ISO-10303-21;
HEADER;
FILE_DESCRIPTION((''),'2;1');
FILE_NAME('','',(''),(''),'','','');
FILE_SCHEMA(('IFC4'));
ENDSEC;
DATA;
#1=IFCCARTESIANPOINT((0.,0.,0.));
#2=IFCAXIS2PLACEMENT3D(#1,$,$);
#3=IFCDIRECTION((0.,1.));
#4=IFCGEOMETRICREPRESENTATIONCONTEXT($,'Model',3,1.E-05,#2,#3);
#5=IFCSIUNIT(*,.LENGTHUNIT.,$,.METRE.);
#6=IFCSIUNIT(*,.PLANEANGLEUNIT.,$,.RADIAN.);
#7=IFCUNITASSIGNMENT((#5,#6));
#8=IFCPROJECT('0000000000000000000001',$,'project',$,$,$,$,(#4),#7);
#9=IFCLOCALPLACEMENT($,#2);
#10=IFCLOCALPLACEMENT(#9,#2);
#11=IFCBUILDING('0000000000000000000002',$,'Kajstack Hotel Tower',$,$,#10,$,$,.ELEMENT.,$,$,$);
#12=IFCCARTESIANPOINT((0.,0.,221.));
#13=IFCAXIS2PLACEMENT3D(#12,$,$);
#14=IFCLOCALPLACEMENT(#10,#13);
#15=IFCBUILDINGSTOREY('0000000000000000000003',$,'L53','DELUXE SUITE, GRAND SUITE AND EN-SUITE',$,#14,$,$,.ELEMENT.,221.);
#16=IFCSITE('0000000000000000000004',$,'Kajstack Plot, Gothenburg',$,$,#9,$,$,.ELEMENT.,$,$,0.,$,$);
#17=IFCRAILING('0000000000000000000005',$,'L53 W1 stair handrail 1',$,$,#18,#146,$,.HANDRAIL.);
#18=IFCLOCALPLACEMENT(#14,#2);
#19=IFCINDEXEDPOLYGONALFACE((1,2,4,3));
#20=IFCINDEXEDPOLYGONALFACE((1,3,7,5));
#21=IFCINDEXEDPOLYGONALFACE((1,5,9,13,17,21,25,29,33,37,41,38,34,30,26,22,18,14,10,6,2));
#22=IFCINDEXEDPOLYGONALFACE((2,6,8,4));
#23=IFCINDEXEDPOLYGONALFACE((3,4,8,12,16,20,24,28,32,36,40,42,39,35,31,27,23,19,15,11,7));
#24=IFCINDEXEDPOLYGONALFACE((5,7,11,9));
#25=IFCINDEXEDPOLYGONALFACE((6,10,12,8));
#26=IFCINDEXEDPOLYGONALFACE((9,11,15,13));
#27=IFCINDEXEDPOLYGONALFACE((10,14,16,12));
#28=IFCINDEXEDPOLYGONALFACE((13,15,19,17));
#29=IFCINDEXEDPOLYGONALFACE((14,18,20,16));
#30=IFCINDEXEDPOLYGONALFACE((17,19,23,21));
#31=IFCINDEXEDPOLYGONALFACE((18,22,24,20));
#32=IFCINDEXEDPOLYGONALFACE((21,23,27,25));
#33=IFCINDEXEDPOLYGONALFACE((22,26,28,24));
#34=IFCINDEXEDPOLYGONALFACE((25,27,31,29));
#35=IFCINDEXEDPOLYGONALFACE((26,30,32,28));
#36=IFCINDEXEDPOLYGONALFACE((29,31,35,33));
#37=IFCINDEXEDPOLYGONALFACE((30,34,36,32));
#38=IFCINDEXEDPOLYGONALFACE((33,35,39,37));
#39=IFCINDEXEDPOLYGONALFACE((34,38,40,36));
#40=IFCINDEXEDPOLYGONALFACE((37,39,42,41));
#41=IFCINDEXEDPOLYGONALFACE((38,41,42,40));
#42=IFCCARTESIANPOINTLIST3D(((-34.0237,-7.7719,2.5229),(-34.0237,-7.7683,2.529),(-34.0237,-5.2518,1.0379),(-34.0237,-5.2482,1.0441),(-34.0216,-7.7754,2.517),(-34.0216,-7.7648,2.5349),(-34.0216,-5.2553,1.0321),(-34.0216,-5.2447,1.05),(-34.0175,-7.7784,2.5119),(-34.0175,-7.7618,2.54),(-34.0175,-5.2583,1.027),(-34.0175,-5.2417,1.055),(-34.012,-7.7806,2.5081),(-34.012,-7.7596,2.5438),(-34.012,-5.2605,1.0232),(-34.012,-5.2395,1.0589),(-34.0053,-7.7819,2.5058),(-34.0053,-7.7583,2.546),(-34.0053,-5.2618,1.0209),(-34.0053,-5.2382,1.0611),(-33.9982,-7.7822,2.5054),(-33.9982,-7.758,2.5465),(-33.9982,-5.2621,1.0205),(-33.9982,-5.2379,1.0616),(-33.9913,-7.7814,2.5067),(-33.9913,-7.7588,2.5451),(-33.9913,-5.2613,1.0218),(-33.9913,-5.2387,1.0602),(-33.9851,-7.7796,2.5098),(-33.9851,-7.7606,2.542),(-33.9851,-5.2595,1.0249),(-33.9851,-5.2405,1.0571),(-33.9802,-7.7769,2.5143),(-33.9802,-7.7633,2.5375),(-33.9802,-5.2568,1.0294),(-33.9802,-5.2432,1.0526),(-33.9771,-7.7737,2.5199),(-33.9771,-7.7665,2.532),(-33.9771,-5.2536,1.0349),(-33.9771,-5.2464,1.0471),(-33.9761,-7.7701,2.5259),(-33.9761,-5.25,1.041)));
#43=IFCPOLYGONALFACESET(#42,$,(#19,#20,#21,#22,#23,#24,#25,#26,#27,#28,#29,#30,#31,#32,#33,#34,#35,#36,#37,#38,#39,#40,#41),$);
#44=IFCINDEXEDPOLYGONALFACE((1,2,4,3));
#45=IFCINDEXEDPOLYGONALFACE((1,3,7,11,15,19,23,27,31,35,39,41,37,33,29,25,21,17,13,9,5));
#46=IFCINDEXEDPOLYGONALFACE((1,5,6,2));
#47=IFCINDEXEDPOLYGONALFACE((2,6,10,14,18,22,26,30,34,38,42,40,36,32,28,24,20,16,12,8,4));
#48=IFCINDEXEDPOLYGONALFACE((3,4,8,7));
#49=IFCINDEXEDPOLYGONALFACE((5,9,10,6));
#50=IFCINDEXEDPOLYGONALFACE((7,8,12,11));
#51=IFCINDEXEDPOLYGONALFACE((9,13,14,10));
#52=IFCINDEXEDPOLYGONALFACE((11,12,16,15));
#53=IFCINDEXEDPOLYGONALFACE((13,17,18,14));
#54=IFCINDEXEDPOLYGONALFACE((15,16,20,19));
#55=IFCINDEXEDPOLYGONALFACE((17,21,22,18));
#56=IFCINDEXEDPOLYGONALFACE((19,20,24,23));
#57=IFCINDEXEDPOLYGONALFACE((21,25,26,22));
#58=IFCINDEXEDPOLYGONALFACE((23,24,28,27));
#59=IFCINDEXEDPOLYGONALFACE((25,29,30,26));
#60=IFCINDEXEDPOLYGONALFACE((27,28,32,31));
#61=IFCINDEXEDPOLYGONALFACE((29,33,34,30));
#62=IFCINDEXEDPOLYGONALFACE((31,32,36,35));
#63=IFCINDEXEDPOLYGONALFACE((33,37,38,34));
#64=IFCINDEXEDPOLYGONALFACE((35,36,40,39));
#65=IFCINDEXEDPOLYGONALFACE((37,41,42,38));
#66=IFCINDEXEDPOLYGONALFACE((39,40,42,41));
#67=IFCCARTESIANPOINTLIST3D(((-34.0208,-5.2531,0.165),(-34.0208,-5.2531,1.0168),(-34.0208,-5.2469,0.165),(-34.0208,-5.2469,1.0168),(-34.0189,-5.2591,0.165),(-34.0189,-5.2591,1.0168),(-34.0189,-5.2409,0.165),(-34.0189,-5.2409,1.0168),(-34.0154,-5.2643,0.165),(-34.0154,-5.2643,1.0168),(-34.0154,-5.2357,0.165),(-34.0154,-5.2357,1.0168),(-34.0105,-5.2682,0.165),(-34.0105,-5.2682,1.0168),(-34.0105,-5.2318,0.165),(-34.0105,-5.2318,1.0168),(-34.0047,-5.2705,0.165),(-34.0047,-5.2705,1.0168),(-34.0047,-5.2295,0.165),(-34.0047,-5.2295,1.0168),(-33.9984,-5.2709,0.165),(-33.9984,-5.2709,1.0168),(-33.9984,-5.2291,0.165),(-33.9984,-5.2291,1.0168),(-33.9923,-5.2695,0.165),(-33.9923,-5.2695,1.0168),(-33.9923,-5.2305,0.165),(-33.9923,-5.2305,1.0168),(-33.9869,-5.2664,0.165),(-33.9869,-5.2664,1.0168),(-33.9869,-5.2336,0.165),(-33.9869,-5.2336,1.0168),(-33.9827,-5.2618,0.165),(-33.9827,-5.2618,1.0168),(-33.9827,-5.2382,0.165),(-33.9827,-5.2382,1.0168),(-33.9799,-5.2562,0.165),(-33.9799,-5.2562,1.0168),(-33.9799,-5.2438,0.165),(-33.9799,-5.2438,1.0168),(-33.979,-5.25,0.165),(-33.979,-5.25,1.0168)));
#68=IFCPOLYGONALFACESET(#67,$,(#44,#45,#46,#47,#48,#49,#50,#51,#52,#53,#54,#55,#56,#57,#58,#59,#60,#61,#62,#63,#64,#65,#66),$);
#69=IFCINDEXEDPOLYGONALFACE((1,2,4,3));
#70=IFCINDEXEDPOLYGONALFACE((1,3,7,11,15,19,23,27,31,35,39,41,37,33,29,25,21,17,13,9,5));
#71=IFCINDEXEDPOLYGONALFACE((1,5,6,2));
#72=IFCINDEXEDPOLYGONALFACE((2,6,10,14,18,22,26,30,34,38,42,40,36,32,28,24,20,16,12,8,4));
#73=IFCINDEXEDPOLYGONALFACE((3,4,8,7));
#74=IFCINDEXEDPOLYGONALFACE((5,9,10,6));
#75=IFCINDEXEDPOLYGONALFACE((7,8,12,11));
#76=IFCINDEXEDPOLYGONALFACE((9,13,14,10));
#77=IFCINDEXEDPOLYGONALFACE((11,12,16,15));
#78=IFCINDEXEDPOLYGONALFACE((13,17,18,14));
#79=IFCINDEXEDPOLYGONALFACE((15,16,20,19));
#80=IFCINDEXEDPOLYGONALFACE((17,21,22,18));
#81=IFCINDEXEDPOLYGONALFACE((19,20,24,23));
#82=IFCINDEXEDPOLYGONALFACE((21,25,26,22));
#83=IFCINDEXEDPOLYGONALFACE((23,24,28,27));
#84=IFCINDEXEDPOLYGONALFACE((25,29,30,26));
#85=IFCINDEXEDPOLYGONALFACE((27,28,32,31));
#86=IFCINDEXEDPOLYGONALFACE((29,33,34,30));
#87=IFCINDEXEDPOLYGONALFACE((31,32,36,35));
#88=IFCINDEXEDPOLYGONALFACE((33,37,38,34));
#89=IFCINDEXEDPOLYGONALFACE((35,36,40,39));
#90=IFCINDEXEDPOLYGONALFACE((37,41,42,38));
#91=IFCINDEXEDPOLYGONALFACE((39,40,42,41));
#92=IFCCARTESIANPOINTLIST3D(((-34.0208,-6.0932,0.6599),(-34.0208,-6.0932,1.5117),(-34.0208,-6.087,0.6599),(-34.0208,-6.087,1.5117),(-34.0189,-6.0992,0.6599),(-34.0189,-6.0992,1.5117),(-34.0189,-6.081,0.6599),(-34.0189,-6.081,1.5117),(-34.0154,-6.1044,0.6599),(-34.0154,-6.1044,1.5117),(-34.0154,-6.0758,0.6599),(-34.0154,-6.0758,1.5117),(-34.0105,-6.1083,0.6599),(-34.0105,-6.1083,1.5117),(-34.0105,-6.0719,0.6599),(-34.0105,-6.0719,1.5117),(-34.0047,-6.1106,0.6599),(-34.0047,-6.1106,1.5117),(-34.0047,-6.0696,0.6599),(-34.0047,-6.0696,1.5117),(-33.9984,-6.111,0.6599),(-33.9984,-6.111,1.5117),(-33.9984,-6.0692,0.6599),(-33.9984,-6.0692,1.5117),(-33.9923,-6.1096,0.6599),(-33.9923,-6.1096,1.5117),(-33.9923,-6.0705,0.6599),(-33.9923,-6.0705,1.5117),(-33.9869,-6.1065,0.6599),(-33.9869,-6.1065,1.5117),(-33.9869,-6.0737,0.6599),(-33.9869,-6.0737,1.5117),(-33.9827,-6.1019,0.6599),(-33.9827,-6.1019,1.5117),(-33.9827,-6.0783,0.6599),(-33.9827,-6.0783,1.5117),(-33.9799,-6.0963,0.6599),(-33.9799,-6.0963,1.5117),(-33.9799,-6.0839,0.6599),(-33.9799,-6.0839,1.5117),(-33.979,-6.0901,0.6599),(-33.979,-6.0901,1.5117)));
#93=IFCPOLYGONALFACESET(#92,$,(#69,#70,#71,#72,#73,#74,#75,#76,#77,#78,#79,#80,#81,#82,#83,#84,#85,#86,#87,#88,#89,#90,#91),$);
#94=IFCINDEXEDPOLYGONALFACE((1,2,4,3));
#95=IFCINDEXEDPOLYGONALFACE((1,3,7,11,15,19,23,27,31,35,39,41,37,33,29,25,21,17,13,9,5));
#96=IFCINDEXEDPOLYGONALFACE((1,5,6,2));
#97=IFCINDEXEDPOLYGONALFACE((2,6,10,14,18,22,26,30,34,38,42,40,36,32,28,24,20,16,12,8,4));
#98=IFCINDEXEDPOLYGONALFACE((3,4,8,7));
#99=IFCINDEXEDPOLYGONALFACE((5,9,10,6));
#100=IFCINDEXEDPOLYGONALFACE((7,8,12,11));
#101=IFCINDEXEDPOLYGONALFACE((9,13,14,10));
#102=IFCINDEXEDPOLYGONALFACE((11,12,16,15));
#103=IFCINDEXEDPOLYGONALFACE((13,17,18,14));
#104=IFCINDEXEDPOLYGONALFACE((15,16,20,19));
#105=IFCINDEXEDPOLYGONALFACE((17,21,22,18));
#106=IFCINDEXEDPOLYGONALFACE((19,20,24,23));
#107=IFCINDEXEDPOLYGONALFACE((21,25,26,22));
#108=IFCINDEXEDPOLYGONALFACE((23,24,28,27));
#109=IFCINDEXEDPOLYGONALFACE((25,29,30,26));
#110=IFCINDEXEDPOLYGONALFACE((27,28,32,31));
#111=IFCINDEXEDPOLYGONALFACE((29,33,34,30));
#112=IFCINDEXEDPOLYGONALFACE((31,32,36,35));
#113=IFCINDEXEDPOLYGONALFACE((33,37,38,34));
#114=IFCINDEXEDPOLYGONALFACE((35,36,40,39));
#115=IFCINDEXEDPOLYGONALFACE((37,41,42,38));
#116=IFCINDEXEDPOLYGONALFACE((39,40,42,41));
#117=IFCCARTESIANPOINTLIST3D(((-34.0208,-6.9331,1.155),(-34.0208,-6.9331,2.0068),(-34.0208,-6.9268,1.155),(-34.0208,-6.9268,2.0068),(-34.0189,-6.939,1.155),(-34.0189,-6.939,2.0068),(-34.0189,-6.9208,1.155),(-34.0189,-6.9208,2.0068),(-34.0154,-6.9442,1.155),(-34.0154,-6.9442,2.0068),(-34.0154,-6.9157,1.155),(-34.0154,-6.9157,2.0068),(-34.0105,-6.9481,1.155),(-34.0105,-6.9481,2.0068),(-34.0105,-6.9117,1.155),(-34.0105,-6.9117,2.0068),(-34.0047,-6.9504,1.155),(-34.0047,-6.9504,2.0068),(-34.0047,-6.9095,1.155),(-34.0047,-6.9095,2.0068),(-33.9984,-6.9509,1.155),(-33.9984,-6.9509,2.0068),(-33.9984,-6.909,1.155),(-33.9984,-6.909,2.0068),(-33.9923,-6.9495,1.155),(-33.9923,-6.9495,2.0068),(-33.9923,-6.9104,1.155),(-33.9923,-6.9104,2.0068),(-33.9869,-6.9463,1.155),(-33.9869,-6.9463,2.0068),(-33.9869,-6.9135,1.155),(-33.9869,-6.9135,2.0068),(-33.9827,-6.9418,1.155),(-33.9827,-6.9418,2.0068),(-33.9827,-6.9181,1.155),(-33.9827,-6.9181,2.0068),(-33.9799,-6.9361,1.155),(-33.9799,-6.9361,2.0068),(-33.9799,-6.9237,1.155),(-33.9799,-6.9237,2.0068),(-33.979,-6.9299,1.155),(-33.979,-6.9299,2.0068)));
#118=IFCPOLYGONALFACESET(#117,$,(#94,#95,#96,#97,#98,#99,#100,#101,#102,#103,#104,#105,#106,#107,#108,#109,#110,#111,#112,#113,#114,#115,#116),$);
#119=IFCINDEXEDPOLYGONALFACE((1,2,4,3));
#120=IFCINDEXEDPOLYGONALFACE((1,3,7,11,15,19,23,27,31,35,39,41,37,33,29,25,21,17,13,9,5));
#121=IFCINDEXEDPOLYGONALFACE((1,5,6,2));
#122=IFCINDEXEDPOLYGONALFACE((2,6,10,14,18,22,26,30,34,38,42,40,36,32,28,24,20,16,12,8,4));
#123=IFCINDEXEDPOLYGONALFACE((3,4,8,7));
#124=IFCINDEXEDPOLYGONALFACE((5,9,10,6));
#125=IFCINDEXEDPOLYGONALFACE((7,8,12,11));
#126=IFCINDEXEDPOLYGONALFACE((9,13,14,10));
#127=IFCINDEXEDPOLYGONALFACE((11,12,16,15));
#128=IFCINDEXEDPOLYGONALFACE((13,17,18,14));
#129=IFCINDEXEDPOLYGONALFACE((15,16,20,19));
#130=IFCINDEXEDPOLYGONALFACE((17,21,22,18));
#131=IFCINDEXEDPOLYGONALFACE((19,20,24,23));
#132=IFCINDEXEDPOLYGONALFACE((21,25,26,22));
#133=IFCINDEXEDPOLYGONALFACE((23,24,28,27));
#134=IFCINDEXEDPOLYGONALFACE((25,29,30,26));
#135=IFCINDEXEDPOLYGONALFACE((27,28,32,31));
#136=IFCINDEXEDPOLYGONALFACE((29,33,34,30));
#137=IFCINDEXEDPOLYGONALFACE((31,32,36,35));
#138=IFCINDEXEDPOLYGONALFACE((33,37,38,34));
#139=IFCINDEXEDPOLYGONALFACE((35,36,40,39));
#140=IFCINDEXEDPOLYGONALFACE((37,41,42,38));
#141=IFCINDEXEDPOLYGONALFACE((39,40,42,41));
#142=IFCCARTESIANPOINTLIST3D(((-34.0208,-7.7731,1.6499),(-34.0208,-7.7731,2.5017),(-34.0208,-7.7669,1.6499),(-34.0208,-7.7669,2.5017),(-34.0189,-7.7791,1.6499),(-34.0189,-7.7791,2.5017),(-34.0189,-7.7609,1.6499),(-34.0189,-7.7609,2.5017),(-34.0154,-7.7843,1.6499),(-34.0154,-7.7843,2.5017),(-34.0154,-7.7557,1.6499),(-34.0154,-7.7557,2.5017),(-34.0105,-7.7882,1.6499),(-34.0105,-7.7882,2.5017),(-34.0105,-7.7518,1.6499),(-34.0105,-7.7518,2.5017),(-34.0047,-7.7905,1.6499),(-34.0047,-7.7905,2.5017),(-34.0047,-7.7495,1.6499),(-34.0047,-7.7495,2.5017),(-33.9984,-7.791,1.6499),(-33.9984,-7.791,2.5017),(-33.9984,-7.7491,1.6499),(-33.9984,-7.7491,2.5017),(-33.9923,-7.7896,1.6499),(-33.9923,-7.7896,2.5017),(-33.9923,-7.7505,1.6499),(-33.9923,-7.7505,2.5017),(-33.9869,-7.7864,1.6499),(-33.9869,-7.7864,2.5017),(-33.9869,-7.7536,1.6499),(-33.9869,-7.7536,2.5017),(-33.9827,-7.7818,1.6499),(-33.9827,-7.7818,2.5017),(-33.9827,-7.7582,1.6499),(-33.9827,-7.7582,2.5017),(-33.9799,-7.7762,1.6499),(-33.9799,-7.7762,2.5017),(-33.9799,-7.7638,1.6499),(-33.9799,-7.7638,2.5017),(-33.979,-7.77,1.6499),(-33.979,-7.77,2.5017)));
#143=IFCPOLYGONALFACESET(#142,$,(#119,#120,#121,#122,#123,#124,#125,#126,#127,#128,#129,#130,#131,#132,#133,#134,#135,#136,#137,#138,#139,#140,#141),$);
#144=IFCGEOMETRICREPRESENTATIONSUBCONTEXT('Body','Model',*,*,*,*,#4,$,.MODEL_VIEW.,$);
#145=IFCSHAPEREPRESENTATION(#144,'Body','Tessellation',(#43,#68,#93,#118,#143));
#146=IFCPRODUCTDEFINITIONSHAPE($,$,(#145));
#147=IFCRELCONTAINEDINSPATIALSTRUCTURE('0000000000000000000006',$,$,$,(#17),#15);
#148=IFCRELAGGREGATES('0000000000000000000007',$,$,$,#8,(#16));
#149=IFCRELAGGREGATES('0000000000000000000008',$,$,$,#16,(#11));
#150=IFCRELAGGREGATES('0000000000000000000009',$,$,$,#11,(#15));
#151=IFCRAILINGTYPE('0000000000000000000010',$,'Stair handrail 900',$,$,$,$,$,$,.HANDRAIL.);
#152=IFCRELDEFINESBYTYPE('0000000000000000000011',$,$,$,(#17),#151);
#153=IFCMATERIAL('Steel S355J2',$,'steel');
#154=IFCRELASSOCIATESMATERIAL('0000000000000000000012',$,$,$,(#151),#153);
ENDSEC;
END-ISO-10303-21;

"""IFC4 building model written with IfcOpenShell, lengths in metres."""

from ifc_helpers import new_model, si_unit, direction, frame, origin, origin_2d, place, context, subcontext, project, spatial, circle, extrude, material, type_object, element, save


model = new_model("IFC4")

# Units and contexts
model_context = context("Model", 3, precision=1e-05, world=origin(), true_north=direction((0.0, 1.0)))
body_context = subcontext(model_context, "Body", "Model", "MODEL_VIEW")
ifc_project = project(units=[si_unit("LENGTHUNIT", "METRE"), si_unit("PLANEANGLEUNIT", "RADIAN")], contexts=[model_context])

# Site, building, storey
site_placement = place(None, origin())
site = spatial("IfcSite", under=ifc_project, at=site_placement, Name="Kajstack Plot, Gothenburg", CompositionType="ELEMENT", RefElevation=0.0)
building_placement = place(site_placement, origin())
building = spatial("IfcBuilding", under=site, at=building_placement, Name="Kajstack Hotel Tower", CompositionType="ELEMENT")
storey_placement = place(building_placement, frame((0.0, 0.0, 221.0)))
storey = spatial("IfcBuildingStorey", under=building, at=storey_placement, Name="L53", Description="DELUXE SUITE, GRAND SUITE AND EN-SUITE", CompositionType="ELEMENT", Elevation=221.0)

# Railing
ifc_material_1 = material(Name="Steel S355J2", Category="steel")
railing_type_1 = type_object("IfcRailingType", Name="Stair handrail 900", PredefinedType="HANDRAIL", material=ifc_material_1)
railing_1_placement = place(storey_placement, frame((-34.0, -5.25, 0.165)))
element("IfcRailing", 1, at=railing_1_placement, inside=storey, type_object=railing_type_1, Name="L53 W1 stair handrail 1", PredefinedType="HANDRAIL", context=body_context, shape_type="SweptSolid", body=[
    extrude(circle(Radius=0.0239, at=origin_2d()), frame((0.0, 0.0, 0.876), z_axis=(0.0, -0.861561, 0.507655), x_axis=(1.0, 0.0, 0.0)), (0.0, 0.0, 1.0), 2.925),
    extrude(circle(Radius=0.021, at=origin_2d()), origin(), (0.0, 0.0, 1.0), 0.8518),
    extrude(circle(Radius=0.021, at=origin_2d()), frame((0.0, -0.8401, 0.4949)), (0.0, 0.0, 1.0), 0.8518),
    extrude(circle(Radius=0.021, at=origin_2d()), frame((0.0, -1.6799, 0.99)), (0.0, 0.0, 1.0), 0.8518),
    extrude(circle(Radius=0.021, at=origin_2d()), frame((0.0, -2.52, 1.4849)), (0.0, 0.0, 1.0), 0.8518),
])

save(model, "model.ifc")
